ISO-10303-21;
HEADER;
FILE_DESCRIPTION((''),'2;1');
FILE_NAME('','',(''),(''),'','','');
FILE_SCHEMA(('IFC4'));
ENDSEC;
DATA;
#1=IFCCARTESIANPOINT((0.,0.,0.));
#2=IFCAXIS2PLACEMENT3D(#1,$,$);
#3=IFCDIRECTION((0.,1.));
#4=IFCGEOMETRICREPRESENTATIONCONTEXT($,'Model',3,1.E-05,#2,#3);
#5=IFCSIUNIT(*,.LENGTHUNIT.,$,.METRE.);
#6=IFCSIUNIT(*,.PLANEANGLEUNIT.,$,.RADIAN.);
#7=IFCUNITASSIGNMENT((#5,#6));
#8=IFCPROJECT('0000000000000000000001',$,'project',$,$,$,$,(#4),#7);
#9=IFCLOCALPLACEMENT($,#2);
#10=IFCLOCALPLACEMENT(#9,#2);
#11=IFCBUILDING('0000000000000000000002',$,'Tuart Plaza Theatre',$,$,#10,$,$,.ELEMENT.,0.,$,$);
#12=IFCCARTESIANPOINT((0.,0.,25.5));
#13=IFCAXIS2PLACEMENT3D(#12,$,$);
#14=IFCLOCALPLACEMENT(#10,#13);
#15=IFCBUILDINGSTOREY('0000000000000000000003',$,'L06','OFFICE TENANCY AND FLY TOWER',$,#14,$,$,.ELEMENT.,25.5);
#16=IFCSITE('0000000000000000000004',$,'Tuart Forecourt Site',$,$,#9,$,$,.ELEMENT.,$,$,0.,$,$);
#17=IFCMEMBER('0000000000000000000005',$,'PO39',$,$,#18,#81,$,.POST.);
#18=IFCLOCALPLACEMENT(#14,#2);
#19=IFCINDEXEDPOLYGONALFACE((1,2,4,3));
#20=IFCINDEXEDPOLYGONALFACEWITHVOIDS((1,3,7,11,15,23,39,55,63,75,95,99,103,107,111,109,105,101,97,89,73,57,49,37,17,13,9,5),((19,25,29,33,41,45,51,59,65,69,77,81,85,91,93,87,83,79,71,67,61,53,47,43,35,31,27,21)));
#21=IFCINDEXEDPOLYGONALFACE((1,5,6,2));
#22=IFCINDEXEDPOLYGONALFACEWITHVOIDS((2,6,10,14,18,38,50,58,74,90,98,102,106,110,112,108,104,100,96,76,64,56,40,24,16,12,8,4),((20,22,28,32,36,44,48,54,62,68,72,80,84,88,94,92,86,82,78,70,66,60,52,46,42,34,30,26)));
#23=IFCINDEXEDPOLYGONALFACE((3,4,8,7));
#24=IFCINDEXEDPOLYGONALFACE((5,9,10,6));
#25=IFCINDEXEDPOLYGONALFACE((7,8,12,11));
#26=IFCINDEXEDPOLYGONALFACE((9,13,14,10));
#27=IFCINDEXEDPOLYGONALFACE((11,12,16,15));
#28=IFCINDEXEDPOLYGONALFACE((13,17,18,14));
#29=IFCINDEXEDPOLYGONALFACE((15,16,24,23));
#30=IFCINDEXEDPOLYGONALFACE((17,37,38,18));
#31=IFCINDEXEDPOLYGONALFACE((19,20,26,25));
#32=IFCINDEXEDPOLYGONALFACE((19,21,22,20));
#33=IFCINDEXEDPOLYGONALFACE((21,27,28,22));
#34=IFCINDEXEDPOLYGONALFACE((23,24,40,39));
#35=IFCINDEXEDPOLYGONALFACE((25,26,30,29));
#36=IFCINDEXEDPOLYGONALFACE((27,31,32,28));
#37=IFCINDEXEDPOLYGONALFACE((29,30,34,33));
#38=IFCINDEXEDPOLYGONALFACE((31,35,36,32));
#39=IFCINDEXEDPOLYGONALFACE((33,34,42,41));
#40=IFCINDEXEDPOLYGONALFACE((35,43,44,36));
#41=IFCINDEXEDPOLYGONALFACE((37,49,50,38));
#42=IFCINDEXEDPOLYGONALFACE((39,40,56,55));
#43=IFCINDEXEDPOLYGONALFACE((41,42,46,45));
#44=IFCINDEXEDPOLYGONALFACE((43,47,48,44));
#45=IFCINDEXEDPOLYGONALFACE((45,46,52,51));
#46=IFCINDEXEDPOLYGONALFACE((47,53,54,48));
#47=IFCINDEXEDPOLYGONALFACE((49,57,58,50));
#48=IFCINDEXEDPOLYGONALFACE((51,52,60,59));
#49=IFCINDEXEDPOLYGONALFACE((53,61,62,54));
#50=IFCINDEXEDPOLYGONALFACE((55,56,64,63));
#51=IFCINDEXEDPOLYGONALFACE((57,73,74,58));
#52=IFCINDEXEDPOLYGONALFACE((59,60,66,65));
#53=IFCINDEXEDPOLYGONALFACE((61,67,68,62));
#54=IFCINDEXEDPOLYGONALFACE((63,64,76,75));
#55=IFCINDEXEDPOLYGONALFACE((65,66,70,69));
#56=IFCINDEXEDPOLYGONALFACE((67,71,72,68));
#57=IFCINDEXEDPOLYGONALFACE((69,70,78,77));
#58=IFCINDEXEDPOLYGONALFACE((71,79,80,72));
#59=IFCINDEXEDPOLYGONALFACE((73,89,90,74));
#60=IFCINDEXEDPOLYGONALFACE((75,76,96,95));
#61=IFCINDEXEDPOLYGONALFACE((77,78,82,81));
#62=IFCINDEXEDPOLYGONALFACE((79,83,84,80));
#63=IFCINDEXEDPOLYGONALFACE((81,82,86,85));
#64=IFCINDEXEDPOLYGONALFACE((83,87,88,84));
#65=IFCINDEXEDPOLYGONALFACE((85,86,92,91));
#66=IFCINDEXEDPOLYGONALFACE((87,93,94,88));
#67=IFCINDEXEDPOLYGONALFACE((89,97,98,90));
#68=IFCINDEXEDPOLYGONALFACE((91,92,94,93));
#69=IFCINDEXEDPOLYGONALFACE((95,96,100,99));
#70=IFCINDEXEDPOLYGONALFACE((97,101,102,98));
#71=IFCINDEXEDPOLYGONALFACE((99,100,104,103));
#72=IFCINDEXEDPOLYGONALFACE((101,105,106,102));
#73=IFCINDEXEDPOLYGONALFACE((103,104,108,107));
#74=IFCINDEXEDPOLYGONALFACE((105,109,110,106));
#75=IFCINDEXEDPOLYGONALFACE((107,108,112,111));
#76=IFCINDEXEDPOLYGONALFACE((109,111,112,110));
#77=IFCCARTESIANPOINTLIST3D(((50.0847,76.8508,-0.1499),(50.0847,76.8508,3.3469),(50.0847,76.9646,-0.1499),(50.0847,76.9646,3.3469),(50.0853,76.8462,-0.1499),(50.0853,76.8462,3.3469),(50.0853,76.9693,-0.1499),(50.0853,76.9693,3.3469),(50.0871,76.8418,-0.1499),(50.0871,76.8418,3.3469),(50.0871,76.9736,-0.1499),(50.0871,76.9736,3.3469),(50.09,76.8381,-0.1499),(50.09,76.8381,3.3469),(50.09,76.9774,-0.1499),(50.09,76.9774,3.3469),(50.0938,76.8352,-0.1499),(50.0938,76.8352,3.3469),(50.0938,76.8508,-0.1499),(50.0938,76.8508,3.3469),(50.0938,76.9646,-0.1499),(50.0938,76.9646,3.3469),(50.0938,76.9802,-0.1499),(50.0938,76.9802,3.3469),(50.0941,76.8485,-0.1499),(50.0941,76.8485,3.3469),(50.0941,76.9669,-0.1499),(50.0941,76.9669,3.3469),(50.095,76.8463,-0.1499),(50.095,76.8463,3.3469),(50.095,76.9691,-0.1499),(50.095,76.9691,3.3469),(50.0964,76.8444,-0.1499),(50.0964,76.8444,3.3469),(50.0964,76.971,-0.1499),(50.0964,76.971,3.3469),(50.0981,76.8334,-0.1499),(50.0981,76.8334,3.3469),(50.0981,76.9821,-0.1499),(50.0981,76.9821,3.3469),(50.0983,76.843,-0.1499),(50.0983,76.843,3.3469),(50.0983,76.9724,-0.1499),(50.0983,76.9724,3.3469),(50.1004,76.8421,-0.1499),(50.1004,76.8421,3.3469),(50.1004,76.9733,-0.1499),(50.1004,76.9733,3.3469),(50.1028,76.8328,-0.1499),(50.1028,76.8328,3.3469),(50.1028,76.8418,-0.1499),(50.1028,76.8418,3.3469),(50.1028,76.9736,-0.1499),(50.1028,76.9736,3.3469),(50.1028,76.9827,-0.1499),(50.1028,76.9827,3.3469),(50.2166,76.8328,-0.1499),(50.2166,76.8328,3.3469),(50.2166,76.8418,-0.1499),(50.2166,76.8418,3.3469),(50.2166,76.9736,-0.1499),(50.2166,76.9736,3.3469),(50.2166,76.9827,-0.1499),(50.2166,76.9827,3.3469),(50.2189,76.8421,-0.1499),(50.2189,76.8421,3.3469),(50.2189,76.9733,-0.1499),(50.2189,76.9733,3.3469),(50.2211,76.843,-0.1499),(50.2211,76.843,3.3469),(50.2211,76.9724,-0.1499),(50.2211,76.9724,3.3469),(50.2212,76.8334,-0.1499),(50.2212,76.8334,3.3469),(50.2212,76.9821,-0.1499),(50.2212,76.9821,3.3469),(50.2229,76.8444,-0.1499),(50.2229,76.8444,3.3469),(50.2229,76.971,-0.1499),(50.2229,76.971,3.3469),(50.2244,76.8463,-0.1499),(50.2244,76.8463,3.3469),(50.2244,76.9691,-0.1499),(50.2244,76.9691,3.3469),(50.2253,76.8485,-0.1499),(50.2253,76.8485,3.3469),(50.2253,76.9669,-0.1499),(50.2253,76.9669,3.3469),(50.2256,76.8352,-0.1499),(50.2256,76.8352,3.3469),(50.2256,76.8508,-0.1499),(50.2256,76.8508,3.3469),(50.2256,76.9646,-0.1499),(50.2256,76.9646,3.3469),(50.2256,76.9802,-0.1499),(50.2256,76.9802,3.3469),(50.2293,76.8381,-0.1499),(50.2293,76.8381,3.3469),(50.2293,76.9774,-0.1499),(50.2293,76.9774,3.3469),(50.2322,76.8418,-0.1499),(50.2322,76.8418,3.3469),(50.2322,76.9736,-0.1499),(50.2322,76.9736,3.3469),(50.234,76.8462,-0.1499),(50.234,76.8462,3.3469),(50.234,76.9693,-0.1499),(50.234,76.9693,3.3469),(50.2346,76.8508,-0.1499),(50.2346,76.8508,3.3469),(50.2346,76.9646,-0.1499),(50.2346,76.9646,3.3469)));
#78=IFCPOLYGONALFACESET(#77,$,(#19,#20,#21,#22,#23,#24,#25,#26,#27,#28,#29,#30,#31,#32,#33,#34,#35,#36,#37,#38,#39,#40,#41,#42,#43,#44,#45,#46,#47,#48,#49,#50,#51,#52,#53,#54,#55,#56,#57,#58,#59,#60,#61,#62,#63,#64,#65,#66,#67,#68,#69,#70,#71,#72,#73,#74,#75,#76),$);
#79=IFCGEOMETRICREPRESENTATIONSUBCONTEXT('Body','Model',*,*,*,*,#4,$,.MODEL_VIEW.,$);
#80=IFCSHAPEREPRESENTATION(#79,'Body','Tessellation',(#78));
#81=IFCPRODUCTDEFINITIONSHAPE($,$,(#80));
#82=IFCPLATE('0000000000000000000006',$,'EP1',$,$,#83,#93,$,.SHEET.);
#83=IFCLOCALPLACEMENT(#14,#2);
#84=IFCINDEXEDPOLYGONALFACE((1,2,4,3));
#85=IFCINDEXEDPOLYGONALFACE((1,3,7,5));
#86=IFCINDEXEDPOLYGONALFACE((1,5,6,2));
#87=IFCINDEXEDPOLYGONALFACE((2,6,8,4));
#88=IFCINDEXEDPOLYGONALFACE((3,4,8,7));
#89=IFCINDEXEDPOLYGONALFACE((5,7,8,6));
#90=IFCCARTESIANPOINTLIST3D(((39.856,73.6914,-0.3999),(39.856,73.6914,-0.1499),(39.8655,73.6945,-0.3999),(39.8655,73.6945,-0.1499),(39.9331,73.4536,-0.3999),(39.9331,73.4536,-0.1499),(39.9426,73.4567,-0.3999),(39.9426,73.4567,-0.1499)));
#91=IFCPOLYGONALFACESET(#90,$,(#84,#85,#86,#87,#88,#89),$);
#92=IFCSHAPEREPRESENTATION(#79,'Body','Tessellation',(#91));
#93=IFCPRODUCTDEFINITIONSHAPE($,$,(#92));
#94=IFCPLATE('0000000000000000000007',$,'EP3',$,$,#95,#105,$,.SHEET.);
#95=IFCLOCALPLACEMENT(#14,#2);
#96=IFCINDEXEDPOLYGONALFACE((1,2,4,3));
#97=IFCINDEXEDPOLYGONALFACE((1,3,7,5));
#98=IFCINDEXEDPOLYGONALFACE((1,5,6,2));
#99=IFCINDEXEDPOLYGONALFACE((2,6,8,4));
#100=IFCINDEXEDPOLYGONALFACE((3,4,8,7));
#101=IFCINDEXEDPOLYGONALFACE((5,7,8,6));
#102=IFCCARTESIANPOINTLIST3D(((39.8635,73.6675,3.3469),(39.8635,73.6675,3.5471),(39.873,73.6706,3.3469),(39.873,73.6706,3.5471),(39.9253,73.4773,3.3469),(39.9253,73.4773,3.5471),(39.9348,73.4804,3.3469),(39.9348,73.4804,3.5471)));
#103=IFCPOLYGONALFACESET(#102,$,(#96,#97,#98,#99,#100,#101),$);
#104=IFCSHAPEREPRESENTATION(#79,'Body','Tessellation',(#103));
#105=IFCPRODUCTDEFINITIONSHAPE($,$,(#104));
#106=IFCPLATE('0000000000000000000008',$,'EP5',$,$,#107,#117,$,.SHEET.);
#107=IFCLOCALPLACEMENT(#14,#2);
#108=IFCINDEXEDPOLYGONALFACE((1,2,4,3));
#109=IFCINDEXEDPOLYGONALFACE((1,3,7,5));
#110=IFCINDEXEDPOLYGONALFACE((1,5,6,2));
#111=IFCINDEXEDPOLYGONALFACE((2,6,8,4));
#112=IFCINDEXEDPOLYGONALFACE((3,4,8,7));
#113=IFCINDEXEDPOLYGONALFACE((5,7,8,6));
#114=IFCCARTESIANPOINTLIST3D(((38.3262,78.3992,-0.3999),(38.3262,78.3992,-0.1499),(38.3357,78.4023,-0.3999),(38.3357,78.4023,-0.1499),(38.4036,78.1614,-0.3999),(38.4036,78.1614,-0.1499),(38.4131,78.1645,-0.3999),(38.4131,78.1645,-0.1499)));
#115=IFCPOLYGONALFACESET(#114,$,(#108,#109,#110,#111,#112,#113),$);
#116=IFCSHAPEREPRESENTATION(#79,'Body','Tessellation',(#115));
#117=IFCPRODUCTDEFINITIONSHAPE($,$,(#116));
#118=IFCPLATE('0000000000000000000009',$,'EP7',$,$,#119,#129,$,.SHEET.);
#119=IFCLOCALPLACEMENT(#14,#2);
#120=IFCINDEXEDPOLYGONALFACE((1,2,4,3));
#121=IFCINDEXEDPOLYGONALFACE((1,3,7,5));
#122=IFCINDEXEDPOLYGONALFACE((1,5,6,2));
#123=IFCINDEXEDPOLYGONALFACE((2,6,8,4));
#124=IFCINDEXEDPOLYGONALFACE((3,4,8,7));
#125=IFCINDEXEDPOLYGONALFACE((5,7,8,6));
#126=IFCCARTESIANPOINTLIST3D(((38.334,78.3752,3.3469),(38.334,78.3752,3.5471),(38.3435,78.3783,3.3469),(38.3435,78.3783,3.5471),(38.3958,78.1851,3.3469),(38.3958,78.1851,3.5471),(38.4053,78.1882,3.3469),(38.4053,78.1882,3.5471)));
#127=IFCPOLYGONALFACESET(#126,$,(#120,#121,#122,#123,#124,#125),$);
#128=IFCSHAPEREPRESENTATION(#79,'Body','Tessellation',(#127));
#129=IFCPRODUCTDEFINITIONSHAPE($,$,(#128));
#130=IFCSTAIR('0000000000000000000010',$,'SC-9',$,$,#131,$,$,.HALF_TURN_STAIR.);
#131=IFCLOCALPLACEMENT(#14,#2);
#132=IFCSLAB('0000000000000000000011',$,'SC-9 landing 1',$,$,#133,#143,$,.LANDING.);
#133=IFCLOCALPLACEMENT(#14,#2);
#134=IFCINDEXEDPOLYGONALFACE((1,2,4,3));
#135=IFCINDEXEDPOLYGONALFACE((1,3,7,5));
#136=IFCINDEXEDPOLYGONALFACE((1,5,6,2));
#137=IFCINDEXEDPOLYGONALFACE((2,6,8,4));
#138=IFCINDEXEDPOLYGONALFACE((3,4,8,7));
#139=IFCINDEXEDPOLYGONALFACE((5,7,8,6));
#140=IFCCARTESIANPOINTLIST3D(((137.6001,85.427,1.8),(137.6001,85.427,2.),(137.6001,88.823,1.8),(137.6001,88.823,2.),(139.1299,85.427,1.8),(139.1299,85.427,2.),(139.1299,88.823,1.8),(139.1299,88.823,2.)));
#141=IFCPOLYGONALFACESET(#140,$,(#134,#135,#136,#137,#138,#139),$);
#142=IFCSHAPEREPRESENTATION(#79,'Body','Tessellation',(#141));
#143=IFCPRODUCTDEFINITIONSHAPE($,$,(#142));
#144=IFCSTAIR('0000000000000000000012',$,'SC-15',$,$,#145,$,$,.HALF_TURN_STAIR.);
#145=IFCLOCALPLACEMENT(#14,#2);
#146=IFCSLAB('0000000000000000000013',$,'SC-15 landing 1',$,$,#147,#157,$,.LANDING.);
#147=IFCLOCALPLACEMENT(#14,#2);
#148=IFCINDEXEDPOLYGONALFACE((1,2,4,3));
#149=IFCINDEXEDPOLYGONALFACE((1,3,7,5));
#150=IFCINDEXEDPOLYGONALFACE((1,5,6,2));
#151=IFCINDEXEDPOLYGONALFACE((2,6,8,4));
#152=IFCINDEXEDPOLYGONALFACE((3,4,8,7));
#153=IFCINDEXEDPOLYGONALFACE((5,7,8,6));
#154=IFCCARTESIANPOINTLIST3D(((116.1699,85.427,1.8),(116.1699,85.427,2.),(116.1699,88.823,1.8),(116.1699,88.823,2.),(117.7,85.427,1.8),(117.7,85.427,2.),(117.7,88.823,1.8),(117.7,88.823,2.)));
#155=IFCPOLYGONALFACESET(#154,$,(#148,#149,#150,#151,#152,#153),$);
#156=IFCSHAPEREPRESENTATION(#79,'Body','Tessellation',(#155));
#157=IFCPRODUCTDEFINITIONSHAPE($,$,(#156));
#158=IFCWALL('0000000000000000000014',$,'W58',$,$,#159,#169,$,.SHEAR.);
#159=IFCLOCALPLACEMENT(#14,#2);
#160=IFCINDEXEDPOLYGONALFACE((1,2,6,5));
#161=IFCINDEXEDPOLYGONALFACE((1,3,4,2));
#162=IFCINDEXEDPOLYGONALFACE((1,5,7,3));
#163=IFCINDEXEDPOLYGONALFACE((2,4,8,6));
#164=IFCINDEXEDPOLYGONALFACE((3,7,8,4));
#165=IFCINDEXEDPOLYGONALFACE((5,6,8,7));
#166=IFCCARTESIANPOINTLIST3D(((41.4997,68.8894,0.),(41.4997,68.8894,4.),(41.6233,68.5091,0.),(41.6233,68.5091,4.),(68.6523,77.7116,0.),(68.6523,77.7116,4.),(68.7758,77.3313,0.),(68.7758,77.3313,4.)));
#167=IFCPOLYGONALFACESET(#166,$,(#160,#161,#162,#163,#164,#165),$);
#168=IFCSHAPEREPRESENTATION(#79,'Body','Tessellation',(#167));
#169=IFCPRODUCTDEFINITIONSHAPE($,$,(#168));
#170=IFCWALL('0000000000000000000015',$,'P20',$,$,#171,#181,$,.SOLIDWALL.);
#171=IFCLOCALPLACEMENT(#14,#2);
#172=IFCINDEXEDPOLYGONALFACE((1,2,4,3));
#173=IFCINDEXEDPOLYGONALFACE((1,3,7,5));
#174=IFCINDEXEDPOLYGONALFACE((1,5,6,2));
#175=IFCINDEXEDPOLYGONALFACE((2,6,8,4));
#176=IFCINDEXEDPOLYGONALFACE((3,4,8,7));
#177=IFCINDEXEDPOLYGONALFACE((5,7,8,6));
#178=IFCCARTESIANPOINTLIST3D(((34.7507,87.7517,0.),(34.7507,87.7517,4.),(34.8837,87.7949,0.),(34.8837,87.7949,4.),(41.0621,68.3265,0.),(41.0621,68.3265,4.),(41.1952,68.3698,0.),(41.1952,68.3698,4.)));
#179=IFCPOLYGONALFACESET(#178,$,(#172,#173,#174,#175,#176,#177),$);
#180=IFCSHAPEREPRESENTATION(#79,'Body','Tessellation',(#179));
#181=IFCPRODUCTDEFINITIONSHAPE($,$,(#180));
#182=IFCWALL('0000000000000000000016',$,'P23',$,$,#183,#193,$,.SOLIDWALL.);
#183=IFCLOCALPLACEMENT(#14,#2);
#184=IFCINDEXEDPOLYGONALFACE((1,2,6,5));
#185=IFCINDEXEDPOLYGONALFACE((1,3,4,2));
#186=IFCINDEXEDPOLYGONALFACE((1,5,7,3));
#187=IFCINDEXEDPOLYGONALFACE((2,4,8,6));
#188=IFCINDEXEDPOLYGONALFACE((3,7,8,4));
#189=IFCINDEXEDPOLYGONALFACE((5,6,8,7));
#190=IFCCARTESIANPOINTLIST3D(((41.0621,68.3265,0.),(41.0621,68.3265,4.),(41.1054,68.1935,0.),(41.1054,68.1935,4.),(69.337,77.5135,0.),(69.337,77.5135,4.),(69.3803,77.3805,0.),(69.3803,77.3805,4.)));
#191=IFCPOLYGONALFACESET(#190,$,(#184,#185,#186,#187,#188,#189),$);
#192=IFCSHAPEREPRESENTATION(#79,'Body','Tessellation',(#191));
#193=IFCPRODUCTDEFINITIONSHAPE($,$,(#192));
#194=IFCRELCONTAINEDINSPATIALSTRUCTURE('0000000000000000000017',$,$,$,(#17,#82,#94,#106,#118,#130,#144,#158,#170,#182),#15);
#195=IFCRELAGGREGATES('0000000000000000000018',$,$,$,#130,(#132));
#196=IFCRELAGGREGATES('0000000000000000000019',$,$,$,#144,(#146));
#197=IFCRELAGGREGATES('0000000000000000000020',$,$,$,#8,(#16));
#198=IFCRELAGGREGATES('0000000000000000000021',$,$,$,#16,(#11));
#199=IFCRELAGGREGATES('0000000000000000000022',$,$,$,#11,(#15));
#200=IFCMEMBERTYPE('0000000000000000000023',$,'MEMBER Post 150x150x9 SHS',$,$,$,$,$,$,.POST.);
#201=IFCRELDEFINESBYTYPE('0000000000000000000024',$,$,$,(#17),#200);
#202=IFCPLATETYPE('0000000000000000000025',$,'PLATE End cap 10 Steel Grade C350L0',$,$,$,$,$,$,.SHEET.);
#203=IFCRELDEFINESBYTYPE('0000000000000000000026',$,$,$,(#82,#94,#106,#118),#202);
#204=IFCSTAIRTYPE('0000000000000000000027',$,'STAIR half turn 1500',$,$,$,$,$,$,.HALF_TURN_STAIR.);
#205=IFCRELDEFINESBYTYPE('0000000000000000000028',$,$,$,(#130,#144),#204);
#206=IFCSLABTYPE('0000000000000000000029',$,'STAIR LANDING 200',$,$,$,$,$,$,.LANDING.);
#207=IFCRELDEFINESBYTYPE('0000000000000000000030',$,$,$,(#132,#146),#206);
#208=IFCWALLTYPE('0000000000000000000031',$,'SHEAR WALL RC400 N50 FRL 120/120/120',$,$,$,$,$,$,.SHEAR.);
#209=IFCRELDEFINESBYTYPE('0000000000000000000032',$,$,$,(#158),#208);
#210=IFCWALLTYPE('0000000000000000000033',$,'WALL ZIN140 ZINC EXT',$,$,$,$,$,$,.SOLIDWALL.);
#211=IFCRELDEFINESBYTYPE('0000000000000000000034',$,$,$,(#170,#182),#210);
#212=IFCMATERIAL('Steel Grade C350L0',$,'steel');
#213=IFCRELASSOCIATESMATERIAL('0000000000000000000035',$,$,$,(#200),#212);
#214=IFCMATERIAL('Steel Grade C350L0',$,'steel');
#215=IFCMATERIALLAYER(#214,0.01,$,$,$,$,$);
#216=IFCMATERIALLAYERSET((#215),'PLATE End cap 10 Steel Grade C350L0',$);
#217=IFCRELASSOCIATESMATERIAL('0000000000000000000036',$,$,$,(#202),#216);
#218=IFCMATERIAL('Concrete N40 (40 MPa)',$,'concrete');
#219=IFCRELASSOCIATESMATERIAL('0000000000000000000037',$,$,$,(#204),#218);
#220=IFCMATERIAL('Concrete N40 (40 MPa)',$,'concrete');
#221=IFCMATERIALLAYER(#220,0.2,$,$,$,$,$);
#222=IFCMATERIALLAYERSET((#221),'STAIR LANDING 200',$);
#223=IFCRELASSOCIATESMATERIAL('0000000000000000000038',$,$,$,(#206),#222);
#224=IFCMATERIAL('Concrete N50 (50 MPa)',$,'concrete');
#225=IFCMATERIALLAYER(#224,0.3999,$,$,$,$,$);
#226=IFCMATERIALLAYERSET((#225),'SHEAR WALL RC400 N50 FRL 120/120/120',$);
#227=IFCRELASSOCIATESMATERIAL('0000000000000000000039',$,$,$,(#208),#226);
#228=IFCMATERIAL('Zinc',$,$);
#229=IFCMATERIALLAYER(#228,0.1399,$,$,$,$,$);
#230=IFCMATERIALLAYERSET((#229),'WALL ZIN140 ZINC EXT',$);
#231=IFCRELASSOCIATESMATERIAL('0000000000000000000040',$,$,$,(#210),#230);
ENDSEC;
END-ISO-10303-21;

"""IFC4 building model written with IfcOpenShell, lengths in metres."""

from ifc_helpers import new_model, si_unit, direction, frame, frame_2d, origin, origin_2d, place, context, subcontext, project, spatial, polyline, rectangle, hollow_rectangle, outline, extrude, material, layer, layer_set, material_profile, profile_set, type_object, element, aggregate, save


model = new_model("IFC4")

# Units and contexts
model_context = context("Model", 3, precision=1e-05, world=origin(), true_north=direction((0.0, 1.0)))
body_context = subcontext(model_context, "Body", "Model", "MODEL_VIEW")
ifc_project = project(units=[si_unit("LENGTHUNIT", "METRE"), si_unit("PLANEANGLEUNIT", "RADIAN")], contexts=[model_context])

# Site, building, storey
site_placement = place(None, origin())
site = spatial("IfcSite", under=ifc_project, at=site_placement, Name="Tuart Forecourt Site", CompositionType="ELEMENT", RefElevation=0.0)
building_placement = place(site_placement, origin())
building = spatial("IfcBuilding", under=site, at=building_placement, Name="Tuart Plaza Theatre", CompositionType="ELEMENT", ElevationOfRefHeight=0.0)
storey_placement = place(building_placement, frame((0.0, 0.0, 25.5)))
storey = spatial("IfcBuildingStorey", under=building, at=storey_placement, Name="L06", Description="OFFICE TENANCY AND FLY TOWER", CompositionType="ELEMENT", Elevation=25.5)

# Member
ifc_material_1 = material(Name="Steel Grade C350L0", Category="steel")
ifc_material_profile_1 = material_profile(ifc_material_1, hollow_rectangle(XDim=0.1499, YDim=0.1499, WallThickness=0.009, InnerFilletRadius=0.009, OuterFilletRadius=0.0181, at=origin_2d()), Name="150x150x9 SHS")
ifc_profile_set_1 = profile_set([ifc_material_profile_1], Name="Steel Grade C350L0")
member_type_1 = type_object("IfcMemberType", Name="MEMBER Post 150x150x9 SHS", PredefinedType="POST", material=ifc_profile_set_1)
for number, where, z_axis, x_axis, name in (
    (1, (50.1597, 76.9077, -0.1499), (0.0, 0.0, 1.0), (1.0, 0.0, 0.0), "PO39"),
):
    element("IfcMember", number, at=place(storey_placement, frame(where, z_axis=z_axis, x_axis=x_axis)), inside=storey, type_object=member_type_1, Name=name, PredefinedType="POST", context=body_context, shape_type="SweptSolid", body=[
        extrude(hollow_rectangle(XDim=0.1499, YDim=0.1499, WallThickness=0.009, InnerFilletRadius=0.009, OuterFilletRadius=0.0181, at=origin_2d()), origin(), (0.0, 0.0, 1.0), 3.4968),
    ])

# Plates
ifc_material_2 = material(Name="Steel Grade C350L0", Category="steel")
ifc_layer_1 = layer(ifc_material_2, 0.01)
ifc_layer_set_1 = layer_set([ifc_layer_1], Name="PLATE End cap 10 Steel Grade C350L0")
plate_type = type_object("IfcPlateType", Name="PLATE End cap 10 Steel Grade C350L0", PredefinedType="SHEET", material=ifc_layer_set_1)
plate_1_placement = place(storey_placement, frame((39.9331, 73.4536, -0.1499), z_axis=(-0.951192, -0.3086, 0.0), x_axis=(-0.3086, 0.951192, 0.0)))
element("IfcPlate", 2, at=plate_1_placement, inside=storey, type_object=plate_type, Name="EP1", PredefinedType="SHEET", context=body_context, shape_type="SweptSolid", body=[
    extrude(outline(polyline([(0.0, 0.0), (0.25, 0.0), (0.25, 0.25), (0.0, 0.25), (0.0, 0.0)])), origin(), (0.0, 0.0, -1.0), 0.01),
])
plate_2_placement = place(storey_placement, frame((39.9253, 73.4773, 3.5471), z_axis=(-0.951097, -0.308893, 0.0), x_axis=(-0.308893, 0.951097, 0.0)))
element("IfcPlate", 3, at=plate_2_placement, inside=storey, type_object=plate_type, Name="EP3", PredefinedType="SHEET", context=body_context, shape_type="SweptSolid", body=[
    extrude(outline(polyline([(0.0, 0.0), (0.2, 0.0), (0.2, 0.2002), (0.0, 0.2002), (0.0, 0.0)])), origin(), (0.0, 0.0, -1.0), 0.01),
])
plate_3_placement = place(storey_placement, frame((38.4036, 78.1614, -0.1499), z_axis=(-0.950905, -0.309483, 0.0), x_axis=(-0.309483, 0.950905, 0.0)))
element("IfcPlate", 4, at=plate_3_placement, inside=storey, type_object=plate_type, Name="EP5", PredefinedType="SHEET", context=body_context, shape_type="SweptSolid", body=[
    extrude(outline(polyline([(0.0, 0.0), (0.2501, 0.0), (0.2501, 0.25), (0.0, 0.25), (0.0, 0.0)])), origin(), (0.0, 0.0, -1.0), 0.01),
])
plate_4_placement = place(storey_placement, frame((38.3958, 78.1851, 3.5471), z_axis=(-0.951097, -0.308893, 0.0), x_axis=(-0.308893, 0.951097, 0.0)))
element("IfcPlate", 5, at=plate_4_placement, inside=storey, type_object=plate_type, Name="EP7", PredefinedType="SHEET", context=body_context, shape_type="SweptSolid", body=[
    extrude(outline(polyline([(0.0, 0.0), (0.2, 0.0), (0.2, 0.2002), (0.0, 0.2002), (0.0, 0.0)])), origin(), (0.0, 0.0, -1.0), 0.01),
])

# Stairs, slabs
ifc_material_3 = material(Name="Concrete N40 (40 MPa)", Category="concrete")
stair_type = type_object("IfcStairType", Name="STAIR half turn 1500", PredefinedType="HALF_TURN_STAIR", material=ifc_material_3)
stair_1_placement = place(storey_placement, origin())
stair_1 = element("IfcStair", 6, at=stair_1_placement, inside=storey, type_object=stair_type, Name="SC-9", PredefinedType="HALF_TURN_STAIR")
ifc_material_4 = material(Name="Concrete N40 (40 MPa)", Category="concrete")
ifc_layer_2 = layer(ifc_material_4, 0.2)
ifc_layer_set_2 = layer_set([ifc_layer_2], Name="STAIR LANDING 200")
slab_type = type_object("IfcSlabType", Name="STAIR LANDING 200", PredefinedType="LANDING", material=ifc_layer_set_2)
slab_1_placement = place(storey_placement, frame((0.0, 0.0, 1.8)))
slab_1 = element("IfcSlab", 7, at=slab_1_placement, type_object=slab_type, Name="SC-9 landing 1", PredefinedType="LANDING", context=body_context, shape_type="SweptSolid", body=[
    extrude(outline(polyline([(137.6001, 85.427), (139.1299, 85.427), (139.1299, 88.823), (137.6001, 88.823), (137.6001, 85.427)])), origin(), (0.0, 0.0, 1.0), 0.2),
])
aggregate(stair_1, [slab_1])
stair_2_placement = place(storey_placement, origin())
stair_2 = element("IfcStair", 8, at=stair_2_placement, inside=storey, type_object=stair_type, Name="SC-15", PredefinedType="HALF_TURN_STAIR")
slab_2_placement = place(storey_placement, frame((0.0, 0.0, 1.8)))
slab_2 = element("IfcSlab", 9, at=slab_2_placement, type_object=slab_type, Name="SC-15 landing 1", PredefinedType="LANDING", context=body_context, shape_type="SweptSolid", body=[
    extrude(outline(polyline([(117.7, 88.823), (116.1699, 88.823), (116.1699, 85.427), (117.7, 85.427), (117.7, 88.823)])), origin(), (0.0, 0.0, 1.0), 0.2),
])
aggregate(stair_2, [slab_2])

# Walls
ifc_material_5 = material(Name="Concrete N50 (50 MPa)", Category="concrete")
ifc_layer_3 = layer(ifc_material_5, 0.3999)
ifc_layer_set_3 = layer_set([ifc_layer_3], Name="SHEAR WALL RC400 N50 FRL 120/120/120")
wall_type_1 = type_object("IfcWallType", Name="SHEAR WALL RC400 N50 FRL 120/120/120", PredefinedType="SHEAR", material=ifc_layer_set_3)
wall_1_placement = place(storey_placement, frame((41.5615, 68.6992, 0.0), z_axis=(0.0, 0.0, 1.0), x_axis=(0.951058, 0.309012, 0.0)))
element("IfcWall", 10, at=wall_1_placement, inside=storey, type_object=wall_type_1, Name="W58", PredefinedType="SHEAR", context=body_context, shape_type="SweptSolid", body=[
    extrude(rectangle(XDim=28.5498, YDim=0.3999, at=frame_2d((14.2749, 0.0))), origin(), (0.0, 0.0, 1.0), 4.0),
])
ifc_material_6 = material(Name="Zinc")
ifc_layer_4 = layer(ifc_material_6, 0.1399)
ifc_layer_set_4 = layer_set([ifc_layer_4], Name="WALL ZIN140 ZINC EXT")
wall_type_2 = type_object("IfcWallType", Name="WALL ZIN140 ZINC EXT", PredefinedType="SOLIDWALL", material=ifc_layer_set_4)
wall_2_placement = place(storey_placement, frame((41.1287, 68.3481, 0.0), z_axis=(0.0, 0.0, 1.0), x_axis=(-0.309011, 0.951058, 0.0)))
element("IfcWall", 11, at=wall_2_placement, inside=storey, type_object=wall_type_2, Name="P20", PredefinedType="SOLIDWALL", context=body_context, shape_type="SweptSolid", body=[
    extrude(rectangle(XDim=20.4248, YDim=0.1399, at=frame_2d((10.2124, 0.0))), origin(), (0.0, 0.0, 1.0), 4.0),
])
wall_3_placement = place(storey_placement, frame((41.0837, 68.26, 0.0), z_axis=(0.0, 0.0, 1.0), x_axis=(0.951057, 0.309015, 0.0)))
element("IfcWall", 12, at=wall_3_placement, inside=storey, type_object=wall_type_2, Name="P23", PredefinedType="SOLIDWALL", context=body_context, shape_type="SweptSolid", body=[
    extrude(rectangle(XDim=29.73, YDim=0.1399, at=frame_2d((14.865, 0.0))), origin(), (0.0, 0.0, 1.0), 4.0),
])

save(model, "model.ifc")
